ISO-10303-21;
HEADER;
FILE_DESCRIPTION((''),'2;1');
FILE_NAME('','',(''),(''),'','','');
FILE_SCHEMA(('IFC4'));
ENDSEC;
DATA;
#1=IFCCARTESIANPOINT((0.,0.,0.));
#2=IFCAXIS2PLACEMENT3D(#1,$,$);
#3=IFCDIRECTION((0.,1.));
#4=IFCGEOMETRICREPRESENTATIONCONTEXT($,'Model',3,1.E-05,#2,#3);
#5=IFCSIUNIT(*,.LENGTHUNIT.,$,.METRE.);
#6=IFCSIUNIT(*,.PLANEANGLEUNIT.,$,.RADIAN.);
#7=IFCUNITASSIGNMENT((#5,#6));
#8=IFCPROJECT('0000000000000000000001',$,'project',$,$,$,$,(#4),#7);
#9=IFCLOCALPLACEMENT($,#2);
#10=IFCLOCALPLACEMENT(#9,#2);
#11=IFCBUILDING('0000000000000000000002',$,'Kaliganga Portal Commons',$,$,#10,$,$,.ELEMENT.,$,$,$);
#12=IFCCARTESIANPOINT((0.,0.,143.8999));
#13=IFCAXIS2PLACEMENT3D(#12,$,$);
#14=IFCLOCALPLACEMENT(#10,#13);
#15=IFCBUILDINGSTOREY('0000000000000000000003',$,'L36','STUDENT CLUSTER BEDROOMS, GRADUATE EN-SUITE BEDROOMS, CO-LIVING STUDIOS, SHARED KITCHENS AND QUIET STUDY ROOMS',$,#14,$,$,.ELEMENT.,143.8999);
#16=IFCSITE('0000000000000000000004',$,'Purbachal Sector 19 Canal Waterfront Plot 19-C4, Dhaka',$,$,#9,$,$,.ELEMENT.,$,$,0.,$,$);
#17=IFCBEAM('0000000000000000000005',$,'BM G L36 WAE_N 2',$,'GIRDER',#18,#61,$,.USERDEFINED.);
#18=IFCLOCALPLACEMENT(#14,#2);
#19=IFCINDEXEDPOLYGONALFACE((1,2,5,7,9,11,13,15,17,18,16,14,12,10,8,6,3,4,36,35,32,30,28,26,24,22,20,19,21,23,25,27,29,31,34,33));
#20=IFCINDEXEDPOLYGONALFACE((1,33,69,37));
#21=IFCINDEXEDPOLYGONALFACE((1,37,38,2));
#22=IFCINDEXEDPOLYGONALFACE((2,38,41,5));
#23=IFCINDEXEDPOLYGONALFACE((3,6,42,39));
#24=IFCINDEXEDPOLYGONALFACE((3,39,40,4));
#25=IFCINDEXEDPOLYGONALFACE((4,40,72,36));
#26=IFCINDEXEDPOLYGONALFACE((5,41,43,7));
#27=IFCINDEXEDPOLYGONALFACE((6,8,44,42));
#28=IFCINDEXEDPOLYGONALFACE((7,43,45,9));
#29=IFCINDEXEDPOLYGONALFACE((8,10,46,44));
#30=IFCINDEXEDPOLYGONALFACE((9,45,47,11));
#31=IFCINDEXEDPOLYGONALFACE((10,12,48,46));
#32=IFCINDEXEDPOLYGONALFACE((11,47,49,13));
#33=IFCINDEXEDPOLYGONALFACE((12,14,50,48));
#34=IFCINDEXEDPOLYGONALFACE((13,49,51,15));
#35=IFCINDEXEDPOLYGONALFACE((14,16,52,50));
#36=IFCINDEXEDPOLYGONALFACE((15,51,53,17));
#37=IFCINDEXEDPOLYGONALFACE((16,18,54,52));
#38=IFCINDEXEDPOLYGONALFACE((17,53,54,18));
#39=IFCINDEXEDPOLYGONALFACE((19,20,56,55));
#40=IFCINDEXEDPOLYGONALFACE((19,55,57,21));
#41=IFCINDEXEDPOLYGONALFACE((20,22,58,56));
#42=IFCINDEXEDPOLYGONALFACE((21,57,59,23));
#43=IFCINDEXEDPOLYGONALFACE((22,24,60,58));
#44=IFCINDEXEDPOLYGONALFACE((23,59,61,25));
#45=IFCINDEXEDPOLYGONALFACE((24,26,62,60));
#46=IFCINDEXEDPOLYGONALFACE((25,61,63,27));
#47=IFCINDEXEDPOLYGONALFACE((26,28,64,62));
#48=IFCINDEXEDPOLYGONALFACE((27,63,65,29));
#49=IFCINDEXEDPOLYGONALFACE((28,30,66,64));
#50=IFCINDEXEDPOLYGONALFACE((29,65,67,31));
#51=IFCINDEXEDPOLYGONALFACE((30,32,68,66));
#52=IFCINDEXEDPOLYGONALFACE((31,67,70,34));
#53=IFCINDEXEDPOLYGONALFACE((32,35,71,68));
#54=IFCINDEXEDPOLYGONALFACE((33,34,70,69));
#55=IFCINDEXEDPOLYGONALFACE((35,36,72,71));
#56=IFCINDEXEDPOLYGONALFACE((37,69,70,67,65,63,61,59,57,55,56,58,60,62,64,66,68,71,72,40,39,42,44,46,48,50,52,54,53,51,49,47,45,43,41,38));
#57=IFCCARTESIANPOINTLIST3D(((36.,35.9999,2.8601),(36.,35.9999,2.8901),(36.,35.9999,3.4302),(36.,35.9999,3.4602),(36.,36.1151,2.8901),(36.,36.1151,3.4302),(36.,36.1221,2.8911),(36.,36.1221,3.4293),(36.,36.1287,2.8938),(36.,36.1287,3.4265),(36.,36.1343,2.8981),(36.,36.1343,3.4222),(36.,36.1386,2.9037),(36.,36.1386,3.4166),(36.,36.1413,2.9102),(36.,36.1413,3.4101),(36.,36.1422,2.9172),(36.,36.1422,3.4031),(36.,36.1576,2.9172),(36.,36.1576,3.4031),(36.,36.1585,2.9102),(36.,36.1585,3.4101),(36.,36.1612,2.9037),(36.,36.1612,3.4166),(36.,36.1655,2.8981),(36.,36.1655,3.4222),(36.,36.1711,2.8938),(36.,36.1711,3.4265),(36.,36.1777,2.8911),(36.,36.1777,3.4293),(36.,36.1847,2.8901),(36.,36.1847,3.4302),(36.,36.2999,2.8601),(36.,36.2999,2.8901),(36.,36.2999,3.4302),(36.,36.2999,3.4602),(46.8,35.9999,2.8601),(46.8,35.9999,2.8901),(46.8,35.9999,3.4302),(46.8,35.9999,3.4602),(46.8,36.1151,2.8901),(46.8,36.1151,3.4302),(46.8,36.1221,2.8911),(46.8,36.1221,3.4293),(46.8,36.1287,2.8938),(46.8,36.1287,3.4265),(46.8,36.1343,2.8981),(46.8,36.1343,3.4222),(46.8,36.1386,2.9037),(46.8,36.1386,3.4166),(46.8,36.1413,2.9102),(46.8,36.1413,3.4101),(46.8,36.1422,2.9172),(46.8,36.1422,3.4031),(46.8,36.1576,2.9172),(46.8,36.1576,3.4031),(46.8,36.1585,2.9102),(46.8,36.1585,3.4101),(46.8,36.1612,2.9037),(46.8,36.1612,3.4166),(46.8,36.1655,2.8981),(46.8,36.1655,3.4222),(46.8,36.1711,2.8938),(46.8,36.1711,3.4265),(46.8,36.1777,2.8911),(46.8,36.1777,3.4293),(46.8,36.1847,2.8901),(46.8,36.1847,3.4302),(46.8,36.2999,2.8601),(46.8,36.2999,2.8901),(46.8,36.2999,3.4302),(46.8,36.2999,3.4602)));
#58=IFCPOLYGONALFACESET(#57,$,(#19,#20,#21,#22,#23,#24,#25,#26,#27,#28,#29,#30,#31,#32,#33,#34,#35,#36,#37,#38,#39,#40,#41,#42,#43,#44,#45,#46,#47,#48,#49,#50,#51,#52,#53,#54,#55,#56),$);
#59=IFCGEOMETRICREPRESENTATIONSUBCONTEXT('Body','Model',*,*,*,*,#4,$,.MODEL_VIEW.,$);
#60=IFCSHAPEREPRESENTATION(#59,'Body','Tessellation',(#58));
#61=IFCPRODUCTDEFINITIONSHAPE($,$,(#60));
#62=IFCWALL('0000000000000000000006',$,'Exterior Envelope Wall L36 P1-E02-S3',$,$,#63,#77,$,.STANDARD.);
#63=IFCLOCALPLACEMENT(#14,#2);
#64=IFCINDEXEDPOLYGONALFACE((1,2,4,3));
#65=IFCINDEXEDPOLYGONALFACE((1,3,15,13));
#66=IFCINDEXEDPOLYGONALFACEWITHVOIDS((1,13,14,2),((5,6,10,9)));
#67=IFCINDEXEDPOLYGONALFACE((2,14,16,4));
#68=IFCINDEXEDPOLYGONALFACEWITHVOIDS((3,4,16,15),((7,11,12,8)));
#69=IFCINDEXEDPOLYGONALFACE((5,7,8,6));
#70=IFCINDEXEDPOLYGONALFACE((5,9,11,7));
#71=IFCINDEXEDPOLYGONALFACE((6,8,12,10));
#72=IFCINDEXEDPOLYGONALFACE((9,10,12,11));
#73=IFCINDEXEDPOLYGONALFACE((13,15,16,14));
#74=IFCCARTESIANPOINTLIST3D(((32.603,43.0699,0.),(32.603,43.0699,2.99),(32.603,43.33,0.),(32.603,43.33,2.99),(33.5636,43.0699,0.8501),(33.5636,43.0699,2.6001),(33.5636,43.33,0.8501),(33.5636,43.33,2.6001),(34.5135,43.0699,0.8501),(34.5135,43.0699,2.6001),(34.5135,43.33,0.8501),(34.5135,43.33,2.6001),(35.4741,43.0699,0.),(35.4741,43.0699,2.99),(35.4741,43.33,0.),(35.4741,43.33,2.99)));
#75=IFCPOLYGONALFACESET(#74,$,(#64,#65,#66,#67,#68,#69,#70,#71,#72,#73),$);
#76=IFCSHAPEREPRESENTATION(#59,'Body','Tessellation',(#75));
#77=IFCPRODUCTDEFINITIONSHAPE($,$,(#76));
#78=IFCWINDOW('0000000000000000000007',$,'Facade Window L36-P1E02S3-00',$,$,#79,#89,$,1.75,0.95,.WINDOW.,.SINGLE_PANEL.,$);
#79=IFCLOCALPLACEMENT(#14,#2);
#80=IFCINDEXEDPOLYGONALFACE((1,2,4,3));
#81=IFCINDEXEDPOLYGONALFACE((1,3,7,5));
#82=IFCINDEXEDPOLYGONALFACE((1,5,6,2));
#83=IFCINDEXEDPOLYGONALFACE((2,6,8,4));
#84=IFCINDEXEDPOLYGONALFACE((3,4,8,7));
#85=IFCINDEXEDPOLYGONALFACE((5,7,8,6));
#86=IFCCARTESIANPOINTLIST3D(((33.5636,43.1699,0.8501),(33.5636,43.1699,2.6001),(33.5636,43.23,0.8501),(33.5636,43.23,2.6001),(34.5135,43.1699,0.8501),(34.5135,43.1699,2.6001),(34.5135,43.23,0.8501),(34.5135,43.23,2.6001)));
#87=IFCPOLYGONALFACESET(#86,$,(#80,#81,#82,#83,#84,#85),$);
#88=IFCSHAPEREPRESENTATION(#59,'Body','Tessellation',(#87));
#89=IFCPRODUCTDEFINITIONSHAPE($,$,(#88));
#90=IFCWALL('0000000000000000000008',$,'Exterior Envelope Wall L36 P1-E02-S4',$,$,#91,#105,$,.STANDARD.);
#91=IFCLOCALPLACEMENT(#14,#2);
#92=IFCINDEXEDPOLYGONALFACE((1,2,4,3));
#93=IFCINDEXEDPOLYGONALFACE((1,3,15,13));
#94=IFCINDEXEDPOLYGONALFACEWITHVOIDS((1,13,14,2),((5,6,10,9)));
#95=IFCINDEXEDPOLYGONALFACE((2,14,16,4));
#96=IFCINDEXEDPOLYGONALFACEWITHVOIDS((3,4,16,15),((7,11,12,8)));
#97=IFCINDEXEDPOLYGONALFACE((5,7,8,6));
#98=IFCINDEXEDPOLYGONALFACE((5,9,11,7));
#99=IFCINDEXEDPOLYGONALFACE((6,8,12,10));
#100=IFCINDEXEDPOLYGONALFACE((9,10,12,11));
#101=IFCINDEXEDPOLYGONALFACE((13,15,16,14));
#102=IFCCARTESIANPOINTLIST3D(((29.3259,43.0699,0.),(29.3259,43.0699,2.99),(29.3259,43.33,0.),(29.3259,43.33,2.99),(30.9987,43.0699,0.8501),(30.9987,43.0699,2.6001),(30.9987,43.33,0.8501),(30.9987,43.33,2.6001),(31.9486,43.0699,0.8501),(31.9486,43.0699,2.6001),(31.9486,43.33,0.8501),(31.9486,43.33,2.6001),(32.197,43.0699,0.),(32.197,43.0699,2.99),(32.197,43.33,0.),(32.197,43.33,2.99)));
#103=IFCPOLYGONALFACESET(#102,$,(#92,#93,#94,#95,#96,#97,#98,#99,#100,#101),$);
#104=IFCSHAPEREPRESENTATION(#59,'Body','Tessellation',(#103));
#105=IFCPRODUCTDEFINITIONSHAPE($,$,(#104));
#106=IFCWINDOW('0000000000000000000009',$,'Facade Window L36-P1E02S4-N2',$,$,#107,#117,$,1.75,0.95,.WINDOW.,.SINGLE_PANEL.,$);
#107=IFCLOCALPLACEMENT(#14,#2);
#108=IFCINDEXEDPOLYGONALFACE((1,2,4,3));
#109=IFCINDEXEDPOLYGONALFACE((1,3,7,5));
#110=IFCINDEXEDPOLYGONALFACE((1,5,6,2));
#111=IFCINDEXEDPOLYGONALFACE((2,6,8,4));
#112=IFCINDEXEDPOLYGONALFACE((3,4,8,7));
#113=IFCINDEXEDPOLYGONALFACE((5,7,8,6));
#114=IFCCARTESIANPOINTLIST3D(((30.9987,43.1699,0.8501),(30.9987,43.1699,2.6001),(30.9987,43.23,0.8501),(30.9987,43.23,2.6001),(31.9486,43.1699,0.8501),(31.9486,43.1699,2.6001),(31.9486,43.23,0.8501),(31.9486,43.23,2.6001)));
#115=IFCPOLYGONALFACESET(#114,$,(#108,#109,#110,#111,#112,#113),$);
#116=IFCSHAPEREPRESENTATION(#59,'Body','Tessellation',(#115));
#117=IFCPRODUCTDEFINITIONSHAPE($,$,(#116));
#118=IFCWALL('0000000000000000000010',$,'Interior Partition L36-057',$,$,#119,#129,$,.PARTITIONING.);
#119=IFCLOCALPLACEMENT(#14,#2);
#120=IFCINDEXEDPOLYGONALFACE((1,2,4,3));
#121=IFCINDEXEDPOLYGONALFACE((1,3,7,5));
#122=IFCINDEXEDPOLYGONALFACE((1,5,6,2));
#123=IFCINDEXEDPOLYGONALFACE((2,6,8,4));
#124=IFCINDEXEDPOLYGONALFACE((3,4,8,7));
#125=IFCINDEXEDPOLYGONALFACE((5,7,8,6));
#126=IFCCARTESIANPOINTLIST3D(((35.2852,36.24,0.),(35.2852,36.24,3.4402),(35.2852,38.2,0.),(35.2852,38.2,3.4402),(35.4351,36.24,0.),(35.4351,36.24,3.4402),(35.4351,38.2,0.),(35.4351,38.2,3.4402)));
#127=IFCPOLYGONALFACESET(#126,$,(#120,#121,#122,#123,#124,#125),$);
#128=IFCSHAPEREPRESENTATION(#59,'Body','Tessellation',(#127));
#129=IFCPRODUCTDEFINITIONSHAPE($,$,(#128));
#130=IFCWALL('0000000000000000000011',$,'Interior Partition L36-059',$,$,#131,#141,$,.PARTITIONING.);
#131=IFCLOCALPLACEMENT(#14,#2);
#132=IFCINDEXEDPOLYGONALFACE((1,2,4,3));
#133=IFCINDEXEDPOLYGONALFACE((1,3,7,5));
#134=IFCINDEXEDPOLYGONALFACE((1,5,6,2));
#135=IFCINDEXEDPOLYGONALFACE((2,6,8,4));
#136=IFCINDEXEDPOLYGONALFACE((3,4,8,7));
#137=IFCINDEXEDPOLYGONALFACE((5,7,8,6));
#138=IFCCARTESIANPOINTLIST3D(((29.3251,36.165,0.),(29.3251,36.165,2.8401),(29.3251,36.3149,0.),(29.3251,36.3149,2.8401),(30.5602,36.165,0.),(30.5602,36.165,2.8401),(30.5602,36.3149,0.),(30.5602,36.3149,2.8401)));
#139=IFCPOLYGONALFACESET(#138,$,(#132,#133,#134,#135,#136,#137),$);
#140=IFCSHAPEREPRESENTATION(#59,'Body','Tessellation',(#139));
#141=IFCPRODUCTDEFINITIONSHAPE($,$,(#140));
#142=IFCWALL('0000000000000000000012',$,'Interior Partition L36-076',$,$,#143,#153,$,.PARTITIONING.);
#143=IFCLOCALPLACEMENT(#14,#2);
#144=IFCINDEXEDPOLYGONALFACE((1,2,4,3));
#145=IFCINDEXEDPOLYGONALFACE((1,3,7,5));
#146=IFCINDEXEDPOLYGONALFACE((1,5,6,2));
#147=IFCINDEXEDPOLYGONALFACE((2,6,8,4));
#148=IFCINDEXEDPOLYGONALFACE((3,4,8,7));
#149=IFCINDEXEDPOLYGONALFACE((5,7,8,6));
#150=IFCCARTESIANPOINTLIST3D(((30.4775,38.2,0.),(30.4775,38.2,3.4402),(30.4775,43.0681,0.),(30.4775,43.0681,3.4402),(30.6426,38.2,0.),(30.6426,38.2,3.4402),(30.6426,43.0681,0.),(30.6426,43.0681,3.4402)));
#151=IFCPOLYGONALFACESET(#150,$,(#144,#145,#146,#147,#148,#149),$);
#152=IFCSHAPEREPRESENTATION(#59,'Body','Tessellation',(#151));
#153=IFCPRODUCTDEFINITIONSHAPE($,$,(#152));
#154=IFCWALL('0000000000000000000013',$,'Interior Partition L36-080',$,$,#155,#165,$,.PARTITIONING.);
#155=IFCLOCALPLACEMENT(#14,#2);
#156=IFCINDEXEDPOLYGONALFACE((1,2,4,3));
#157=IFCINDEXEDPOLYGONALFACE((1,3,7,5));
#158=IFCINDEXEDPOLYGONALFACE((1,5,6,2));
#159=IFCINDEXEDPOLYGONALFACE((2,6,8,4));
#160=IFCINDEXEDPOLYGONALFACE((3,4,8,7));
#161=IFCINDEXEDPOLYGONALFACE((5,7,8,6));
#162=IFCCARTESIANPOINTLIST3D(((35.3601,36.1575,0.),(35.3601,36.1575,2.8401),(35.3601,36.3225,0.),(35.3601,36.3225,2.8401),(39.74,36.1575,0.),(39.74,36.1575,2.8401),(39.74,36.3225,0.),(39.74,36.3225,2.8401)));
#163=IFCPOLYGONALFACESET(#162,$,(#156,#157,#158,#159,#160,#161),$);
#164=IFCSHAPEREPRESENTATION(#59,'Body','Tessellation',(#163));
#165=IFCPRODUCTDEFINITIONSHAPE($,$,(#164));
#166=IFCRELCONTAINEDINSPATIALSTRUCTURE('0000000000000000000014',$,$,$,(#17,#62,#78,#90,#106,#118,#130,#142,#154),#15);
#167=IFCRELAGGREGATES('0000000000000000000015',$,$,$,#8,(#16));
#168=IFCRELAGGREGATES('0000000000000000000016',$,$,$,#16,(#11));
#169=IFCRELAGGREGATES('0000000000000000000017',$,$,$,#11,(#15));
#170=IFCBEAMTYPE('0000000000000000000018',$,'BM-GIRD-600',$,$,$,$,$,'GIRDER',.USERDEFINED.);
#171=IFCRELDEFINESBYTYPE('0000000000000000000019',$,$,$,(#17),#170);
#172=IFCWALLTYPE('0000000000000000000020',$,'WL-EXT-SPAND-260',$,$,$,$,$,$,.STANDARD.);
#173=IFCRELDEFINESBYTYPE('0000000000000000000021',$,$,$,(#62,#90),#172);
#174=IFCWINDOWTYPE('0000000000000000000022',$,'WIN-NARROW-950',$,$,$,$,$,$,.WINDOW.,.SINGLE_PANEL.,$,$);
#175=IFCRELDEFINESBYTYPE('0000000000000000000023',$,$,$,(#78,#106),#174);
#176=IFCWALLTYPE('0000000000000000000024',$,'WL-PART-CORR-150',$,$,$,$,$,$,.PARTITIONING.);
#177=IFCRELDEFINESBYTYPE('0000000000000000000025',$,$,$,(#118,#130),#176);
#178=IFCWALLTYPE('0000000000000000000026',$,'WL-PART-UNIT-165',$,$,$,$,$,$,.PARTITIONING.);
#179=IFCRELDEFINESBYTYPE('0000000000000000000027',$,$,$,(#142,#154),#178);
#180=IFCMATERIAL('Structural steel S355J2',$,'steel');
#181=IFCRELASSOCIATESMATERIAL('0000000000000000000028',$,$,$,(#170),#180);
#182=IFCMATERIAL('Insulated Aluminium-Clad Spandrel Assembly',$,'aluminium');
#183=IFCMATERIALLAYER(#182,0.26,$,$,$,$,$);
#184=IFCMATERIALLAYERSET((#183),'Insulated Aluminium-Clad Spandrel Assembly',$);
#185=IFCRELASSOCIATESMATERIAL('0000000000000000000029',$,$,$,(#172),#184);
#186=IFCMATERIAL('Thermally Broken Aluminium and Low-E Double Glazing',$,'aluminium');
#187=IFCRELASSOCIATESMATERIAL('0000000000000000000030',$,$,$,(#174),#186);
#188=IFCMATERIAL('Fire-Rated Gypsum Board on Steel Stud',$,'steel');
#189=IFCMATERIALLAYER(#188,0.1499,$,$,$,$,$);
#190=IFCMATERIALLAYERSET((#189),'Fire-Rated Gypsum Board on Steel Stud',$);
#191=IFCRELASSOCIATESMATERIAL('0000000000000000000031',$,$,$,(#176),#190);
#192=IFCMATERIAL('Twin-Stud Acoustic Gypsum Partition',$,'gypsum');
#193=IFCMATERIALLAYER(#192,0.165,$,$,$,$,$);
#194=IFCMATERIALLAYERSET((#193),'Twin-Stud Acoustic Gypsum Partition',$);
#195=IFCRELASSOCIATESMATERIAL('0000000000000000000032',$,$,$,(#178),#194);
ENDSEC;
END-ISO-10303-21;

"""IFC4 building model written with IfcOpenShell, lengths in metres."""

from ifc_helpers import new_model, si_unit, direction, frame, frame_2d, origin, origin_2d, place, context, subcontext, project, spatial, rectangle, i_section, extrude, source, transform, mapped, material, layer, layer_set, material_profile, profile_set, type_object, element, fill, save


model = new_model("IFC4")

# Units and contexts
model_context = context("Model", 3, precision=1e-05, world=origin(), true_north=direction((0.0, 1.0)))
body_context = subcontext(model_context, "Body", "Model", "MODEL_VIEW")
ifc_project = project(units=[si_unit("LENGTHUNIT", "METRE"), si_unit("PLANEANGLEUNIT", "RADIAN")], contexts=[model_context])

# Site, building, storey
site_placement = place(None, origin())
site = spatial("IfcSite", under=ifc_project, at=site_placement, Name="Purbachal Sector 19 Canal Waterfront Plot 19-C4, Dhaka", CompositionType="ELEMENT", RefElevation=0.0)
building_placement = place(site_placement, origin())
building = spatial("IfcBuilding", under=site, at=building_placement, Name="Kaliganga Portal Commons", CompositionType="ELEMENT")
storey_placement = place(building_placement, frame((0.0, 0.0, 143.8999)))
storey = spatial("IfcBuildingStorey", under=building, at=storey_placement, Name="L36", Description="STUDENT CLUSTER BEDROOMS, GRADUATE EN-SUITE BEDROOMS, CO-LIVING STUDIOS, SHARED KITCHENS AND QUIET STUDY ROOMS", CompositionType="ELEMENT", Elevation=143.8999)

# Beam
ifc_material_1 = material(Name="Structural steel S355J2", Category="steel")
ifc_material_profile_1 = material_profile(ifc_material_1, i_section(OverallWidth=0.3, OverallDepth=0.6001, WebThickness=0.0154, FlangeThickness=0.03, FilletRadius=0.0271, at=origin_2d()), Name="HE 600 B")
ifc_profile_set_1 = profile_set([ifc_material_profile_1], Name="Structural steel S355J2 wide-flange")
beam_type_1 = type_object("IfcBeamType", Name="BM-GIRD-600", ElementType="GIRDER", PredefinedType="USERDEFINED", material=ifc_profile_set_1)
shared_shape_1 = source(origin(), body_context, "Body", "SweptSolid", [
    extrude(i_section(OverallWidth=0.3, OverallDepth=0.6001, WebThickness=0.0154, FlangeThickness=0.03, FilletRadius=0.0271, at=origin_2d()), origin(), (0.0, 0.0, 1.0), 10.8),
])
beam_1_placement = place(storey_placement, frame((36.0, 36.1499, 3.1602), z_axis=(1.0, 0.0, 0.0), x_axis=(0.0, 1.0, 0.0)))
element("IfcBeam", 1, at=beam_1_placement, inside=storey, type_object=beam_type_1, Name="BM G L36 WAE_N 2", ObjectType="GIRDER", PredefinedType="USERDEFINED", context=body_context, shape_type="MappedRepresentation", body=[
    mapped(shared_shape_1, transform((0.0, 0.0, 0.0), x_axis=(1.0, 0.0, 0.0), y_axis=(0.0, 1.0, 0.0), z_axis=(0.0, 0.0, 1.0), scale=1.0)),
])

# Walls, openings, windows
ifc_material_2 = material(Name="Insulated Aluminium-Clad Spandrel Assembly", Category="aluminium")
ifc_layer_1 = layer(ifc_material_2, 0.26)
ifc_layer_set_1 = layer_set([ifc_layer_1], Name="Insulated Aluminium-Clad Spandrel Assembly")
wall_type_1 = type_object("IfcWallType", Name="WL-EXT-SPAND-260", PredefinedType="STANDARD", material=ifc_layer_set_1)
wall_1_placement = place(storey_placement, frame((32.603, 43.2, 0.0), z_axis=(0.0, 0.0, 1.0), x_axis=(1.0, 0.0, 0.0)))
wall_1 = element("IfcWall", 2, at=wall_1_placement, inside=storey, type_object=wall_type_1, Name="Exterior Envelope Wall L36 P1-E02-S3", PredefinedType="STANDARD", context=body_context, shape_type="SweptSolid", body=[
    extrude(rectangle(XDim=2.8711, YDim=0.26, at=frame_2d((1.4355, 0.0))), origin(), (0.0, 0.0, 1.0), 2.99),
])
opening_1_placement = place(wall_1_placement, frame((0.9604, 0.0, 0.8501)))
opening_1 = element("IfcOpeningElement", 3, at=opening_1_placement, cuts=wall_1, PredefinedType="OPENING", context=body_context, shape_type="SweptSolid", body=[
    extrude(rectangle(XDim=0.95, YDim=1.75, at=frame_2d((0.4751, 0.875))), frame((0.0, 0.1401, 0.0), z_axis=(0.0, -1.0, 0.0), x_axis=(1.0, 0.0, 0.0)), (0.0, 0.0, 1.0), 0.28),
])
ifc_material_3 = material(Name="Thermally Broken Aluminium and Low-E Double Glazing", Category="aluminium")
window_type = type_object("IfcWindowType", Name="WIN-NARROW-950", PartitioningType="SINGLE_PANEL", PredefinedType="WINDOW", material=ifc_material_3)
window_1_placement = place(opening_1_placement, origin())
window_1 = element("IfcWindow", 4, at=window_1_placement, inside=storey, type_object=window_type, Name="Facade Window L36-P1E02S3-00", OverallHeight=1.75, OverallWidth=0.95, PartitioningType="SINGLE_PANEL", PredefinedType="WINDOW", context=body_context, shape_type="SweptSolid", body=[
    extrude(rectangle(XDim=0.95, YDim=1.75, at=frame_2d((0.4751, 0.875))), frame((0.0, 0.03, 0.0), z_axis=(0.0, -1.0, 0.0), x_axis=(1.0, 0.0, 0.0)), (0.0, 0.0, 1.0), 0.0601),
])
fill(opening_1, window_1)
wall_2_placement = place(storey_placement, frame((29.3259, 43.2, 0.0), z_axis=(0.0, 0.0, 1.0), x_axis=(1.0, 0.0, 0.0)))
wall_2 = element("IfcWall", 5, at=wall_2_placement, inside=storey, type_object=wall_type_1, Name="Exterior Envelope Wall L36 P1-E02-S4", PredefinedType="STANDARD", context=body_context, shape_type="SweptSolid", body=[
    extrude(rectangle(XDim=2.8711, YDim=0.26, at=frame_2d((1.4355, 0.0))), origin(), (0.0, 0.0, 1.0), 2.99),
])
opening_2_placement = place(wall_2_placement, frame((1.6726, 0.0, 0.8501)))
opening_2 = element("IfcOpeningElement", 6, at=opening_2_placement, cuts=wall_2, PredefinedType="OPENING", context=body_context, shape_type="SweptSolid", body=[
    extrude(rectangle(XDim=0.95, YDim=1.75, at=frame_2d((0.4751, 0.875))), frame((0.0, 0.1401, 0.0), z_axis=(0.0, -1.0, 0.0), x_axis=(1.0, 0.0, 0.0)), (0.0, 0.0, 1.0), 0.28),
])
window_2_placement = place(opening_2_placement, origin())
window_2 = element("IfcWindow", 7, at=window_2_placement, inside=storey, type_object=window_type, Name="Facade Window L36-P1E02S4-N2", OverallHeight=1.75, OverallWidth=0.95, PartitioningType="SINGLE_PANEL", PredefinedType="WINDOW", context=body_context, shape_type="SweptSolid", body=[
    extrude(rectangle(XDim=0.95, YDim=1.75, at=frame_2d((0.4751, 0.875))), frame((0.0, 0.03, 0.0), z_axis=(0.0, -1.0, 0.0), x_axis=(1.0, 0.0, 0.0)), (0.0, 0.0, 1.0), 0.0601),
])
fill(opening_2, window_2)

# Shared definitions
ifc_material_4 = material(Name="Fire-Rated Gypsum Board on Steel Stud", Category="steel")
ifc_layer_2 = layer(ifc_material_4, 0.1499)
ifc_layer_set_2 = layer_set([ifc_layer_2], Name="Fire-Rated Gypsum Board on Steel Stud")
wall_type_2 = type_object("IfcWallType", Name="WL-PART-CORR-150", PredefinedType="PARTITIONING", material=ifc_layer_set_2)

# Walls
wall_3_placement = place(storey_placement, frame((35.3601, 36.24, 0.0), z_axis=(0.0, 0.0, 1.0), x_axis=(0.0, 1.0, 0.0)))
element("IfcWall", 8, at=wall_3_placement, inside=storey, type_object=wall_type_2, Name="Interior Partition L36-057", PredefinedType="PARTITIONING", context=body_context, shape_type="SweptSolid", body=[
    extrude(rectangle(XDim=1.96, YDim=0.1499, at=frame_2d((0.98, 0.0))), origin(), (0.0, 0.0, 1.0), 3.4402),
])
wall_4_placement = place(storey_placement, frame((29.325, 36.24, 0.0), z_axis=(0.0, 0.0, 1.0), x_axis=(1.0, 0.0, 0.0)))
element("IfcWall", 9, at=wall_4_placement, inside=storey, type_object=wall_type_2, Name="Interior Partition L36-059", PredefinedType="PARTITIONING", context=body_context, shape_type="SweptSolid", body=[
    extrude(rectangle(XDim=1.2351, YDim=0.1499, at=frame_2d((0.6177, 0.0))), origin(), (0.0, 0.0, 1.0), 2.8401),
])
ifc_material_5 = material(Name="Twin-Stud Acoustic Gypsum Partition", Category="gypsum")
ifc_layer_3 = layer(ifc_material_5, 0.165)
ifc_layer_set_3 = layer_set([ifc_layer_3], Name="Twin-Stud Acoustic Gypsum Partition")
wall_type_3 = type_object("IfcWallType", Name="WL-PART-UNIT-165", PredefinedType="PARTITIONING", material=ifc_layer_set_3)
wall_5_placement = place(storey_placement, frame((30.5601, 38.2, 0.0), z_axis=(0.0, 0.0, 1.0), x_axis=(0.0, 1.0, 0.0)))
element("IfcWall", 10, at=wall_5_placement, inside=storey, type_object=wall_type_3, Name="Interior Partition L36-076", PredefinedType="PARTITIONING", context=body_context, shape_type="SweptSolid", body=[
    extrude(rectangle(XDim=4.8682, YDim=0.165, at=frame_2d((2.4341, 0.0))), origin(), (0.0, 0.0, 1.0), 3.4402),
])
wall_6_placement = place(storey_placement, frame((35.3601, 36.24, 0.0), z_axis=(0.0, 0.0, 1.0), x_axis=(1.0, 0.0, 0.0)))
element("IfcWall", 11, at=wall_6_placement, inside=storey, type_object=wall_type_3, Name="Interior Partition L36-080", PredefinedType="PARTITIONING", context=body_context, shape_type="SweptSolid", body=[
    extrude(rectangle(XDim=4.3799, YDim=0.165, at=frame_2d((2.1899, 0.0))), origin(), (0.0, 0.0, 1.0), 2.8401),
])

save(model, "model.ifc")
